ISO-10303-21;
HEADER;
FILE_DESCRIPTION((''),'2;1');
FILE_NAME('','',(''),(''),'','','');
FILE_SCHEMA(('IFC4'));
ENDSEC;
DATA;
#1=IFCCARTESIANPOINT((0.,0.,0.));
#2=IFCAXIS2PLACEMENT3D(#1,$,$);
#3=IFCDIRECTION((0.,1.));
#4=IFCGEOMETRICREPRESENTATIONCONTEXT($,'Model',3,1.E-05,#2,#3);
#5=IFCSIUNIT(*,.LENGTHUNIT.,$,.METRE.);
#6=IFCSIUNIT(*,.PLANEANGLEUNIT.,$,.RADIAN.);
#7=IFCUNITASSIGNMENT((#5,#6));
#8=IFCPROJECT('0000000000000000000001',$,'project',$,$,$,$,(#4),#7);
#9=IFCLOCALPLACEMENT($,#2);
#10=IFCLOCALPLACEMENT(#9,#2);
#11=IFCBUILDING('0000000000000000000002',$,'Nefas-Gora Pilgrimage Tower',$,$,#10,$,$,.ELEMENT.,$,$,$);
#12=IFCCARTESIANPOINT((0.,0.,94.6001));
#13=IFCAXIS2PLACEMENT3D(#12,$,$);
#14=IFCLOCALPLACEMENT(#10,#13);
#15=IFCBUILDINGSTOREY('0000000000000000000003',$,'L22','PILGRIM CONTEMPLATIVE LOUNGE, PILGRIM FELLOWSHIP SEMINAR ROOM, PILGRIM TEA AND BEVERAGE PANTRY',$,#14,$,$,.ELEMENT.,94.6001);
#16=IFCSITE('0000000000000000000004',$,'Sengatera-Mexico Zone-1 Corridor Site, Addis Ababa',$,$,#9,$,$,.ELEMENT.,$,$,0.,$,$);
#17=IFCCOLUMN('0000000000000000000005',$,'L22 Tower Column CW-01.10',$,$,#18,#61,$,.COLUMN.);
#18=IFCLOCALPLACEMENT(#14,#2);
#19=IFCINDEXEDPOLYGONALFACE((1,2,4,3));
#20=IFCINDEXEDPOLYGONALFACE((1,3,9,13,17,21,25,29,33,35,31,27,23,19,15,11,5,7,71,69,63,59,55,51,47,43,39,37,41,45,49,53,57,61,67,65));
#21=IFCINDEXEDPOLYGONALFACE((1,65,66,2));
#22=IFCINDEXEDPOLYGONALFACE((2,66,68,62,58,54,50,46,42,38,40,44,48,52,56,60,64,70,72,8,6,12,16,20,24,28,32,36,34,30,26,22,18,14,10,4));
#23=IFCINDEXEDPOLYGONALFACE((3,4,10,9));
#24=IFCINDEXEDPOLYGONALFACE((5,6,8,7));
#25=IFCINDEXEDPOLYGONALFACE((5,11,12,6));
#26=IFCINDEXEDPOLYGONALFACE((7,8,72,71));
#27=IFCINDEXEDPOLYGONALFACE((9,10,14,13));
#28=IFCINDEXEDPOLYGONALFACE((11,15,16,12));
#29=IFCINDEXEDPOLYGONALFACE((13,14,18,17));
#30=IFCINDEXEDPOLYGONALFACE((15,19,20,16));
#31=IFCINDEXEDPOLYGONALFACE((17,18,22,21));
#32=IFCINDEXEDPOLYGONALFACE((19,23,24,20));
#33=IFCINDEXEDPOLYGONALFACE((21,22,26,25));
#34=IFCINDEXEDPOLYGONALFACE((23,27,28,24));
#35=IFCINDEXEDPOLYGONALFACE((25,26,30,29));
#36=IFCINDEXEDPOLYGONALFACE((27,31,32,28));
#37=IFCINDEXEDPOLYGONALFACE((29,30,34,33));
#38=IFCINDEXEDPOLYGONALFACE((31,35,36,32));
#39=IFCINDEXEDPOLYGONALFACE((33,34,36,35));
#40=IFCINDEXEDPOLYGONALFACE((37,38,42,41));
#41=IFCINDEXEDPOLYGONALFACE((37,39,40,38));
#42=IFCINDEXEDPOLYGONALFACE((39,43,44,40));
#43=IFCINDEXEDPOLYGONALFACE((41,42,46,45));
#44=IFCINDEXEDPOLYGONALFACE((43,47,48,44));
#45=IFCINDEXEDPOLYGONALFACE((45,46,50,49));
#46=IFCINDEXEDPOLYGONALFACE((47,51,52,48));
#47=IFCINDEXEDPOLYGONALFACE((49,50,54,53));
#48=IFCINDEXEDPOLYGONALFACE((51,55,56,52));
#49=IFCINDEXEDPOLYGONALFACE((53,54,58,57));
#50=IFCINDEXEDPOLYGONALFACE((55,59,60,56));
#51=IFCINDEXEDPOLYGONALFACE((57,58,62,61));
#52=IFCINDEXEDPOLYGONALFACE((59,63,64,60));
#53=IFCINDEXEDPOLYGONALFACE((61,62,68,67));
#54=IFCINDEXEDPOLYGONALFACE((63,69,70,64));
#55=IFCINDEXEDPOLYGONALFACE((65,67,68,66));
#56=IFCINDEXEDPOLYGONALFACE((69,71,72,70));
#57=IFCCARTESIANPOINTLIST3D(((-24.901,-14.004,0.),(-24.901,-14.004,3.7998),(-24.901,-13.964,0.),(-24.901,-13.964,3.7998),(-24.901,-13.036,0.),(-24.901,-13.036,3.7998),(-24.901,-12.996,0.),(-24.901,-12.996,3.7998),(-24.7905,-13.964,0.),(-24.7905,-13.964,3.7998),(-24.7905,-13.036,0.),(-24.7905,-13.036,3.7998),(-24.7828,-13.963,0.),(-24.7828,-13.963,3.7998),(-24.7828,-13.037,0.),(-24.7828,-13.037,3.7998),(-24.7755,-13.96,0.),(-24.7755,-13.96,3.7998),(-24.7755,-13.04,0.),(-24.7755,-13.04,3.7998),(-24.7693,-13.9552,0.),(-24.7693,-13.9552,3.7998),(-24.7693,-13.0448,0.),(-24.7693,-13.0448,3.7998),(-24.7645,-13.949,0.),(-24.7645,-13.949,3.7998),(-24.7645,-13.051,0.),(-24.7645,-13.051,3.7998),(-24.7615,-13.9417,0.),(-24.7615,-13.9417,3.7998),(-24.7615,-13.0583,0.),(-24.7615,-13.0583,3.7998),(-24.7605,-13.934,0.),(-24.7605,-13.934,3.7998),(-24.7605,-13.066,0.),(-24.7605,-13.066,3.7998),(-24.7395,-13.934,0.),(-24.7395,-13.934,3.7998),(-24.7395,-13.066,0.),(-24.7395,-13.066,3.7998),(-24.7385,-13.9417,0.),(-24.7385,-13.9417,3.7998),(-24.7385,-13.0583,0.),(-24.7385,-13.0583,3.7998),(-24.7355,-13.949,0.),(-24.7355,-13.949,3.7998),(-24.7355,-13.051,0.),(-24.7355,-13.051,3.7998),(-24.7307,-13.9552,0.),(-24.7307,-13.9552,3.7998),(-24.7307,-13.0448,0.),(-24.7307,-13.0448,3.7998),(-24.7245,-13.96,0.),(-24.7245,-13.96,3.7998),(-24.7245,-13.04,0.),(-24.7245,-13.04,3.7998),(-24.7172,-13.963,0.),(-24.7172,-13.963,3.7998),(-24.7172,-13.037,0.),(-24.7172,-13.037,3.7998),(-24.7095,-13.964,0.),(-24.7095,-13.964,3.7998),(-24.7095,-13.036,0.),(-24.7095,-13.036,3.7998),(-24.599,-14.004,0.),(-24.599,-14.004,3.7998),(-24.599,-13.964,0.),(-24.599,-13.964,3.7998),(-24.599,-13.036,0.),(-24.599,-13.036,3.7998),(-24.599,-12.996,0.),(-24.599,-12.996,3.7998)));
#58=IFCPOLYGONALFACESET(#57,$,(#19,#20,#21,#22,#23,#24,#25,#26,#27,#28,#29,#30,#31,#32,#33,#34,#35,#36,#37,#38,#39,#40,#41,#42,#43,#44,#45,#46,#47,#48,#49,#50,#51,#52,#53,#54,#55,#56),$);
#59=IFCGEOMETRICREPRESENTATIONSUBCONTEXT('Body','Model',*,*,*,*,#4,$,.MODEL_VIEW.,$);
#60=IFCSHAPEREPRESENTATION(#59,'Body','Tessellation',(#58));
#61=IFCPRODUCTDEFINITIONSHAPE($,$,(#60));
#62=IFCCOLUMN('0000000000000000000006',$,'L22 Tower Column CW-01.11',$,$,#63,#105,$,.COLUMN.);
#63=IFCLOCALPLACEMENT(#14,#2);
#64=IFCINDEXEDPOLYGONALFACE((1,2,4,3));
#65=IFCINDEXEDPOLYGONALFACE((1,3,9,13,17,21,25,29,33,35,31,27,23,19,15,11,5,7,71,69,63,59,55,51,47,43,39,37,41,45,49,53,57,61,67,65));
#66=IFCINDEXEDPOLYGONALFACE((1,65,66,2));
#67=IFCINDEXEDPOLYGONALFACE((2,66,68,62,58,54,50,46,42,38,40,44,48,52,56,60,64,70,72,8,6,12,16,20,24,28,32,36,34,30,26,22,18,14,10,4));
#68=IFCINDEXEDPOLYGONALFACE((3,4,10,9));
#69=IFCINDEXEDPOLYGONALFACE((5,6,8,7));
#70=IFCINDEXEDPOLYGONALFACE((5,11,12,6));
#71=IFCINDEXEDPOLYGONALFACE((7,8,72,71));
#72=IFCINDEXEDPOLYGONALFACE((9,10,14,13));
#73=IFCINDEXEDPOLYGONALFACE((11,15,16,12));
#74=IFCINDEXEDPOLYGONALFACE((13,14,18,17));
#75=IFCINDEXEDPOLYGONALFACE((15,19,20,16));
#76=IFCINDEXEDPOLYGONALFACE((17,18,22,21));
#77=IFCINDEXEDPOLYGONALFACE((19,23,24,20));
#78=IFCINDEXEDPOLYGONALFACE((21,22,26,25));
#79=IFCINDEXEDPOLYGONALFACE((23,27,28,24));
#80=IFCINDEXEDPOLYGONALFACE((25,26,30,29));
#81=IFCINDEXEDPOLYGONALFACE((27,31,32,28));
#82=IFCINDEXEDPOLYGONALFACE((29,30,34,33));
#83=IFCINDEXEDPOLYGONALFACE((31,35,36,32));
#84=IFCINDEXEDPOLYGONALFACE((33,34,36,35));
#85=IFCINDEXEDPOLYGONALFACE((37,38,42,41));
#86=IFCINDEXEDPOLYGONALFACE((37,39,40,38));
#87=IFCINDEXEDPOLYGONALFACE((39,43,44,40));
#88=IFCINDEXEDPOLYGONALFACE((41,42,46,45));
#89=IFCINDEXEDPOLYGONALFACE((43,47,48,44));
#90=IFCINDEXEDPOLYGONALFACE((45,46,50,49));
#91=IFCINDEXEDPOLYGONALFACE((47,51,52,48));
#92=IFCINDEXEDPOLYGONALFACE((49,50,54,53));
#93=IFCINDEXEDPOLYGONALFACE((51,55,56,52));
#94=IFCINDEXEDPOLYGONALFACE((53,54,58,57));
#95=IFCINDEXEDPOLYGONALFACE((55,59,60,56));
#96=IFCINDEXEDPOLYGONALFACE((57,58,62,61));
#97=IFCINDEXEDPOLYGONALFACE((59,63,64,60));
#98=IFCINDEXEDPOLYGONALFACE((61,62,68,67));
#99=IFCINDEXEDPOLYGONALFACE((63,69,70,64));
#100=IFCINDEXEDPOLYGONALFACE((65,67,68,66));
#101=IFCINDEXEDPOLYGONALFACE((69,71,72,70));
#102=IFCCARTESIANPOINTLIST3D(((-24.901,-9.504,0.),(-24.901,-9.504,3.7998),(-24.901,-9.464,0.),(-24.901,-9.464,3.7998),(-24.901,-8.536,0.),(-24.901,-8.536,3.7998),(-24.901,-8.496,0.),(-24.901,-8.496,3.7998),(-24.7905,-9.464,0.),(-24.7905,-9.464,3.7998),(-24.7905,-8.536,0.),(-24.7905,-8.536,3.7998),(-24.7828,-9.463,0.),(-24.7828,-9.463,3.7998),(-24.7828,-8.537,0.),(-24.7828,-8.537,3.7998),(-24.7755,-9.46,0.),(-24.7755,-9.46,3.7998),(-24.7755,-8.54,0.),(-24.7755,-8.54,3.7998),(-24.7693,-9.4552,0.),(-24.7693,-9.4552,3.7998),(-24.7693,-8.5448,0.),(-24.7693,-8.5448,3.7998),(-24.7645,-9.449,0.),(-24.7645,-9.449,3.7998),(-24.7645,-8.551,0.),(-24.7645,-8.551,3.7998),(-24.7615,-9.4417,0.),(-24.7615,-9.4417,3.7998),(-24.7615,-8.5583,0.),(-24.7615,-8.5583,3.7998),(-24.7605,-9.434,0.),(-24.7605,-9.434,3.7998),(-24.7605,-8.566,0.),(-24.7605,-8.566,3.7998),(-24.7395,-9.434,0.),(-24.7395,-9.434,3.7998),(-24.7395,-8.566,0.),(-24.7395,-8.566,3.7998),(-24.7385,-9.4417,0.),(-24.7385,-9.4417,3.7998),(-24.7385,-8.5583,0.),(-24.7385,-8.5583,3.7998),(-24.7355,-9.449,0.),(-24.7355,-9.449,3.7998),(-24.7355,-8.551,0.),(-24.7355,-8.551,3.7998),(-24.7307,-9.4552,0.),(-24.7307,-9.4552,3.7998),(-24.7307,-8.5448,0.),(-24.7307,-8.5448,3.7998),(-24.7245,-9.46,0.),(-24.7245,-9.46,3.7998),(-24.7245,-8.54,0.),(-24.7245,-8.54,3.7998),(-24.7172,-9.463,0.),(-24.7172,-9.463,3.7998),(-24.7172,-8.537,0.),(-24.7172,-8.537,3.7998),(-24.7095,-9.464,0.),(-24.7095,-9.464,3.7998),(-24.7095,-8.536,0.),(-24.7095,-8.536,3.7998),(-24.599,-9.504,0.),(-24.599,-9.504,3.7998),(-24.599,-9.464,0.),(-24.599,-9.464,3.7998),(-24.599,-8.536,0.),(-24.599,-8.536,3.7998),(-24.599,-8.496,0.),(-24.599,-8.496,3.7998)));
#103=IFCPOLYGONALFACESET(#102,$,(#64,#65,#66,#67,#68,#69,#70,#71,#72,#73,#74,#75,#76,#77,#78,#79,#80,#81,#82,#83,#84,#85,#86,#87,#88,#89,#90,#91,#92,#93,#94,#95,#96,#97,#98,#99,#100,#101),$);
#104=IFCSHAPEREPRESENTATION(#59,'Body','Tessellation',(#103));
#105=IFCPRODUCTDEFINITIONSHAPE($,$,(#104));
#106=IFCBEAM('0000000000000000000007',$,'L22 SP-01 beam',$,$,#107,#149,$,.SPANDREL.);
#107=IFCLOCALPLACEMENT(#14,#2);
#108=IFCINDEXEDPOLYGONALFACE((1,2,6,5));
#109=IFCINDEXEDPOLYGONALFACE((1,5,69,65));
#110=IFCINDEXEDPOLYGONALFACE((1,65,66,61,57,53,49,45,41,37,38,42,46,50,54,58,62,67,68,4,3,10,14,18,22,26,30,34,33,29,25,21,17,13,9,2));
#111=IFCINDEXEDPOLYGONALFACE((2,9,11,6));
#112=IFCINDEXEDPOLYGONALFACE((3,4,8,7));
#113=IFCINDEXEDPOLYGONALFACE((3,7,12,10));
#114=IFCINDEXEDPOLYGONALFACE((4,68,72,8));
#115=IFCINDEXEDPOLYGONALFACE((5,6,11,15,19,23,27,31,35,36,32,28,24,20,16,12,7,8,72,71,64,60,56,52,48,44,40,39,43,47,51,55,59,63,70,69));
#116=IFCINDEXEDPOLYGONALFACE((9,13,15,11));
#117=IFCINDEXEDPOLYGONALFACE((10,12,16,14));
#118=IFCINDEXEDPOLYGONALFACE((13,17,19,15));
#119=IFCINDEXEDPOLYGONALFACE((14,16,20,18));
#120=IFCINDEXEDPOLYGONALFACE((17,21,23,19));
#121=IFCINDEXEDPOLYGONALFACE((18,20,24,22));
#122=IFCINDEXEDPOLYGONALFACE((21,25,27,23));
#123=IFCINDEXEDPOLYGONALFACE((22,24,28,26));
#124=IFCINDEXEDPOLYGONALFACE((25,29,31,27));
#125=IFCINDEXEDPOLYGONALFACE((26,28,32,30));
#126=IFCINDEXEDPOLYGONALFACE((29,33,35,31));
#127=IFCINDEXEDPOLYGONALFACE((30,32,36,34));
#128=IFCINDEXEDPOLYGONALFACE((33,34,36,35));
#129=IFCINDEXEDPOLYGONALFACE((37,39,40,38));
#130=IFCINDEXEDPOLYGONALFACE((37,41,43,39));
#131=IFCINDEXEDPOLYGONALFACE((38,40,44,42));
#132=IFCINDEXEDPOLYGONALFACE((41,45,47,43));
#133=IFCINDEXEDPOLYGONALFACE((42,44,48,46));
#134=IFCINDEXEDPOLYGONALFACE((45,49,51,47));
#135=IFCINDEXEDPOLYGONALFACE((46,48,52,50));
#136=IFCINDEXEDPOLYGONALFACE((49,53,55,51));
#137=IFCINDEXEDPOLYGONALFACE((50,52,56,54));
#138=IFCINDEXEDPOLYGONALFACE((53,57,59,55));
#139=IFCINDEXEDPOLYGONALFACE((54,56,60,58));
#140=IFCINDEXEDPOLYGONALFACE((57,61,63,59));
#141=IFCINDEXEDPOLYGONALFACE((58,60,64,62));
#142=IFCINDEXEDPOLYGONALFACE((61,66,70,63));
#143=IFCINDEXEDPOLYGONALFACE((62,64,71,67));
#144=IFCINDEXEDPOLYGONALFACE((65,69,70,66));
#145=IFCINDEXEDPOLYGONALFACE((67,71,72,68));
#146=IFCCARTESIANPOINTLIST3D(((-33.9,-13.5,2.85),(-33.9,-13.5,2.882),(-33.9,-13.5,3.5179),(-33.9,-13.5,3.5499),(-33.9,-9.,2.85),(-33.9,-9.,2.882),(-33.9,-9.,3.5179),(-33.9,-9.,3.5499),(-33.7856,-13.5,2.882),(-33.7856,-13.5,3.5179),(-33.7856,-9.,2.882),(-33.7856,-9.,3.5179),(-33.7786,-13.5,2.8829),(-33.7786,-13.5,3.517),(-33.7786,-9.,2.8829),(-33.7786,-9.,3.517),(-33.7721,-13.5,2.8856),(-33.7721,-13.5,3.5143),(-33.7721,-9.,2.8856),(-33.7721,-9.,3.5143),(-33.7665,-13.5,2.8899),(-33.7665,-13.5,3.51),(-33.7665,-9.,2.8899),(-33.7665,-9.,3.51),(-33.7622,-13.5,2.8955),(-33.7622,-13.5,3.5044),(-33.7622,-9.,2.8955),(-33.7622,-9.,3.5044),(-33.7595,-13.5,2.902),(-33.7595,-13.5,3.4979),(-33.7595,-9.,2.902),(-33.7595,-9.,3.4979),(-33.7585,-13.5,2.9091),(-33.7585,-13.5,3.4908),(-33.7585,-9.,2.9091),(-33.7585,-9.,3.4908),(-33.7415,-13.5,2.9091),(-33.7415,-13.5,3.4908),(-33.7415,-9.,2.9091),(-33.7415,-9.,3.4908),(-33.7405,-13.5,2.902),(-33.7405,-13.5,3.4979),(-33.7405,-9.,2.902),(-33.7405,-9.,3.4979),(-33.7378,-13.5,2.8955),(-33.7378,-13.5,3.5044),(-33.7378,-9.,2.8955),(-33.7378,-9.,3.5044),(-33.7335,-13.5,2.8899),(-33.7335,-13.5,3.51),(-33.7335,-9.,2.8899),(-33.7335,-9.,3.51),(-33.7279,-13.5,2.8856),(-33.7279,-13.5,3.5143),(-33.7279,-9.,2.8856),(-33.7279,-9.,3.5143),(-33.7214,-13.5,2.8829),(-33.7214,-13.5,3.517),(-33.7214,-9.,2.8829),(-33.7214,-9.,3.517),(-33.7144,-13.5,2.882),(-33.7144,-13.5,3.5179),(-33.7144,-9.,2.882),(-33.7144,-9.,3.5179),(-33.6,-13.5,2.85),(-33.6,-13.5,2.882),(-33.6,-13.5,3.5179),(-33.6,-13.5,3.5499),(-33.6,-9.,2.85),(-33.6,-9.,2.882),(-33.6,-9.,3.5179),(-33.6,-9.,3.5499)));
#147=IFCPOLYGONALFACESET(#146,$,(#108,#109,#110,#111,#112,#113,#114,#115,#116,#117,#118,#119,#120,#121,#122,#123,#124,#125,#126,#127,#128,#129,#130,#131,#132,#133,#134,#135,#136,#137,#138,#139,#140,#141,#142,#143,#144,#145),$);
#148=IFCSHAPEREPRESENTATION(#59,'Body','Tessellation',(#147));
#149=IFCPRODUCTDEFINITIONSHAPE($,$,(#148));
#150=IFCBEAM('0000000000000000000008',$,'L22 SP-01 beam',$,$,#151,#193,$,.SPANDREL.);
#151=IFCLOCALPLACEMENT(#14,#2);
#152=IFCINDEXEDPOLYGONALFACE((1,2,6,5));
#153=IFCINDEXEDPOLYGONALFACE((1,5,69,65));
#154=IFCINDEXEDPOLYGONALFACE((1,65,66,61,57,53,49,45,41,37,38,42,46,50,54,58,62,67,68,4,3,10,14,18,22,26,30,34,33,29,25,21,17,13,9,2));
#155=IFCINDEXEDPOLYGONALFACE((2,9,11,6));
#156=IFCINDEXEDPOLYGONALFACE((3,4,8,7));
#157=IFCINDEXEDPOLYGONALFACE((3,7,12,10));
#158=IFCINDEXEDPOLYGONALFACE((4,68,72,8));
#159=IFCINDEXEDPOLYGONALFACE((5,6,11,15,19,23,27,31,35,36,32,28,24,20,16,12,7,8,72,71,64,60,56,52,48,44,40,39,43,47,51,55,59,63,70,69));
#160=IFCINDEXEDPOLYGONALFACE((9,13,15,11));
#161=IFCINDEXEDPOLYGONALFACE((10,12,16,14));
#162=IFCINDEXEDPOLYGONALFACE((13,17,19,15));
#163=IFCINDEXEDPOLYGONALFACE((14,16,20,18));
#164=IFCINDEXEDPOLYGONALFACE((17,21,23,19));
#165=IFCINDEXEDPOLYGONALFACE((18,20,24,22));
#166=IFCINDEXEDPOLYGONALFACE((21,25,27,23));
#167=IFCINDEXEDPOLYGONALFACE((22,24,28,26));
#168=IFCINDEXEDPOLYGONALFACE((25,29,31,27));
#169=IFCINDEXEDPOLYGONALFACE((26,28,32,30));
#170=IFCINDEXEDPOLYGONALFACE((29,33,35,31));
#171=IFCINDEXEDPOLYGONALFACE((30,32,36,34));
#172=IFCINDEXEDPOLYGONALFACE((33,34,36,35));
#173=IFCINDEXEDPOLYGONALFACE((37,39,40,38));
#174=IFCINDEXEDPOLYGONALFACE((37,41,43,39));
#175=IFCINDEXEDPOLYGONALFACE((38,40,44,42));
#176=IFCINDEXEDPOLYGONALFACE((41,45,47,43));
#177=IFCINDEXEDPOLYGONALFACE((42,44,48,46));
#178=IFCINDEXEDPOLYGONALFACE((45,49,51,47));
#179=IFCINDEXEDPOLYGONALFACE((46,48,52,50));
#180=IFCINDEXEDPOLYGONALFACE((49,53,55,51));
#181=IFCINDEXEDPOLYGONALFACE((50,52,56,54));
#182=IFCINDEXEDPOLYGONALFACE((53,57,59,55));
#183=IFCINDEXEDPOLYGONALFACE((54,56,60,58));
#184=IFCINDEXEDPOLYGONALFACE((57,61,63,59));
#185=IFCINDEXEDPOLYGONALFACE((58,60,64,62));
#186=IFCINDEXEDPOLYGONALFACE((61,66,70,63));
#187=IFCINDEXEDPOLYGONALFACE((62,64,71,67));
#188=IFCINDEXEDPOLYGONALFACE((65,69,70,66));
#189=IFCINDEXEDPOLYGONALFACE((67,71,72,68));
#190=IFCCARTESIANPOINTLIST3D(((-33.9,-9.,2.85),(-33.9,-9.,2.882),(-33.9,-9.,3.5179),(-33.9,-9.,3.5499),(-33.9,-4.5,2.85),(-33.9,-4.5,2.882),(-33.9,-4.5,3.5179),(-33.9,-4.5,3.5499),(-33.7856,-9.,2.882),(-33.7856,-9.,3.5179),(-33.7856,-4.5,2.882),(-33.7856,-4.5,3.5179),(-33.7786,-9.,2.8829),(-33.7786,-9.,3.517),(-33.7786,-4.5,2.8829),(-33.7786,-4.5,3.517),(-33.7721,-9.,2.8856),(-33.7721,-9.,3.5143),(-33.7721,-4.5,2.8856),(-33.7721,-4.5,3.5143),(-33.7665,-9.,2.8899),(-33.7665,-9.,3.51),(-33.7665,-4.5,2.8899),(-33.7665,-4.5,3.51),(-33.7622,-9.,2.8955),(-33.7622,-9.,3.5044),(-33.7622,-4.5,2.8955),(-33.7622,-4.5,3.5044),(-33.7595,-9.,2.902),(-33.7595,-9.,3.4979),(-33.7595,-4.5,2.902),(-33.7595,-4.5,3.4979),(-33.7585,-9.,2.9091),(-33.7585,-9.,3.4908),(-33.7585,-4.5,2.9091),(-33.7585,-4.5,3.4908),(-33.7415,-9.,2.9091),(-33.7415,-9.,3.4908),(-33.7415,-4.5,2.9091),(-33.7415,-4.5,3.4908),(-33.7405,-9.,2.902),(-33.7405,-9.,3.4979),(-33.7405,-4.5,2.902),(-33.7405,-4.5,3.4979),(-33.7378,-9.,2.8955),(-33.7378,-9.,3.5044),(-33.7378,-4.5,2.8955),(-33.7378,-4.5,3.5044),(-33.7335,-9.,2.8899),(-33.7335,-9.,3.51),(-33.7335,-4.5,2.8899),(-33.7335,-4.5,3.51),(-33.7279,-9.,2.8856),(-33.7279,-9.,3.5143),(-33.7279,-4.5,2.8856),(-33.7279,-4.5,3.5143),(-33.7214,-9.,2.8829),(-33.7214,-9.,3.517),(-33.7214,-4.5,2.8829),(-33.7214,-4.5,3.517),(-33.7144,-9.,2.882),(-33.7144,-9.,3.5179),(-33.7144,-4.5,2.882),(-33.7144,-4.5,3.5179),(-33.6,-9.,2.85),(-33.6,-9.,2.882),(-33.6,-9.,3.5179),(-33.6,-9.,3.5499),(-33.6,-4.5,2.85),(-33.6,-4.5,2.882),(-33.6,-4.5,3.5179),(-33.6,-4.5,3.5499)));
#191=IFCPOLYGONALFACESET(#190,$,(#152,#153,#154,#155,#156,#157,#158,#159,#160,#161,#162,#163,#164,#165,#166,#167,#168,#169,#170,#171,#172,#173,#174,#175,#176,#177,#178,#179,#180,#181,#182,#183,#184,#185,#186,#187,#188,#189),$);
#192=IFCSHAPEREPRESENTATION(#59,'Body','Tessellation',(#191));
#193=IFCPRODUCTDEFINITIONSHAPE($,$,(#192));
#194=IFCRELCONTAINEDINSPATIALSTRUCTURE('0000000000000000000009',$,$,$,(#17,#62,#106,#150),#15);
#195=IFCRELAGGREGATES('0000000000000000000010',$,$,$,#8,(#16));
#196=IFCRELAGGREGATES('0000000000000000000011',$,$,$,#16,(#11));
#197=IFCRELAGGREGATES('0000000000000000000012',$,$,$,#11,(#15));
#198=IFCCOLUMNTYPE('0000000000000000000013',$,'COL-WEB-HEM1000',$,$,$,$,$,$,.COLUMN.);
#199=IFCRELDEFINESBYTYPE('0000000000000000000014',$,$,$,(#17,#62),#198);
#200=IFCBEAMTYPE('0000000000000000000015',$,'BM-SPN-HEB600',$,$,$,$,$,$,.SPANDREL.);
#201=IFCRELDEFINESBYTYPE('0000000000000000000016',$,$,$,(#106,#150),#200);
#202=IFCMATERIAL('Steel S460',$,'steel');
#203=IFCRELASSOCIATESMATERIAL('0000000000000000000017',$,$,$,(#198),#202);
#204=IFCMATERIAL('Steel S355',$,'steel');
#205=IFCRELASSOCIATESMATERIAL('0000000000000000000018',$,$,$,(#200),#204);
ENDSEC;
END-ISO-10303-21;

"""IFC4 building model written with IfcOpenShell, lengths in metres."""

from ifc_helpers import new_model, si_unit, direction, frame, origin, origin_2d, place, context, subcontext, project, spatial, i_section, extrude, source, transform, mapped, material, material_profile, profile_set, type_object, element, save


model = new_model("IFC4")

# Units and contexts
model_context = context("Model", 3, precision=1e-05, world=origin(), true_north=direction((0.0, 1.0)))
body_context = subcontext(model_context, "Body", "Model", "MODEL_VIEW")
ifc_project = project(units=[si_unit("LENGTHUNIT", "METRE"), si_unit("PLANEANGLEUNIT", "RADIAN")], contexts=[model_context])

# Site, building, storey
site_placement = place(None, origin())
site = spatial("IfcSite", under=ifc_project, at=site_placement, Name="Sengatera-Mexico Zone-1 Corridor Site, Addis Ababa", CompositionType="ELEMENT", RefElevation=0.0)
building_placement = place(site_placement, origin())
building = spatial("IfcBuilding", under=site, at=building_placement, Name="Nefas-Gora Pilgrimage Tower", CompositionType="ELEMENT")
storey_placement = place(building_placement, frame((0.0, 0.0, 94.6001)))
storey = spatial("IfcBuildingStorey", under=building, at=storey_placement, Name="L22", Description="PILGRIM CONTEMPLATIVE LOUNGE, PILGRIM FELLOWSHIP SEMINAR ROOM, PILGRIM TEA AND BEVERAGE PANTRY", CompositionType="ELEMENT", Elevation=94.6001)

# Columns
ifc_material_1 = material(Name="Steel S460", Category="steel")
ifc_material_profile_1 = material_profile(ifc_material_1, i_section(OverallWidth=0.302, OverallDepth=1.0081, WebThickness=0.021, FlangeThickness=0.04, FilletRadius=0.03, at=origin_2d()), Name="HEM 1000")
ifc_profile_set_1 = profile_set([ifc_material_profile_1], Name="Steel S460")
column_type_1 = type_object("IfcColumnType", Name="COL-WEB-HEM1000", PredefinedType="COLUMN", material=ifc_profile_set_1)
shared_shape_1 = source(origin(), body_context, "Body", "SweptSolid", [
    extrude(i_section(OverallWidth=0.302, OverallDepth=1.0081, WebThickness=0.021, FlangeThickness=0.04, FilletRadius=0.03, at=origin_2d()), origin(), (0.0, 0.0, 1.0), 3.7998),
])
for number, where, z_axis, x_axis, name in (
    (1, (-24.75, -13.5, 0.0), (0.0, 0.0, 1.0), (1.0, 0.0, 0.0), "L22 Tower Column CW-01.10"),
    (2, (-24.75, -9.0, 0.0), (0.0, 0.0, 1.0), (1.0, 0.0, 0.0), "L22 Tower Column CW-01.11"),
):
    element("IfcColumn", number, at=place(storey_placement, frame(where, z_axis=z_axis, x_axis=x_axis)), inside=storey, type_object=column_type_1, Name=name, PredefinedType="COLUMN", context=body_context, shape_type="MappedRepresentation", body=[
        mapped(shared_shape_1, transform((0.0, 0.0, 0.0), x_axis=(1.0, 0.0, 0.0), y_axis=(0.0, 1.0, 0.0), z_axis=(0.0, 0.0, 1.0), scale=1.0)),
    ])

# Beams
ifc_material_2 = material(Name="Steel S355", Category="steel")
ifc_material_profile_2 = material_profile(ifc_material_2, i_section(OverallWidth=0.3, OverallDepth=0.7, WebThickness=0.0171, FlangeThickness=0.032, FilletRadius=0.0271, at=origin_2d()), Name="HEB 700")
ifc_profile_set_2 = profile_set([ifc_material_profile_2], Name="Steel S355")
beam_type_1 = type_object("IfcBeamType", Name="BM-SPN-HEB600", PredefinedType="SPANDREL", material=ifc_profile_set_2)
shared_shape_2 = source(origin(), body_context, "Body", "SweptSolid", [
    extrude(i_section(OverallWidth=0.3, OverallDepth=0.7, WebThickness=0.0171, FlangeThickness=0.032, FilletRadius=0.0271, at=origin_2d()), origin(), (0.0, 0.0, 1.0), 4.5),
])
for number, where, z_axis, x_axis, name in (
    (3, (-33.75, -13.5, 3.2), (0.0, 1.0, 0.0), (-1.0, 0.0, 0.0), "L22 SP-01 beam"),
    (4, (-33.75, -9.0, 3.2), (0.0, 1.0, 0.0), (-1.0, 0.0, 0.0), "L22 SP-01 beam"),
):
    element("IfcBeam", number, at=place(storey_placement, frame(where, z_axis=z_axis, x_axis=x_axis)), inside=storey, type_object=beam_type_1, Name=name, PredefinedType="SPANDREL", context=body_context, shape_type="MappedRepresentation", body=[
        mapped(shared_shape_2, transform((0.0, 0.0, 0.0), x_axis=(1.0, 0.0, 0.0), y_axis=(0.0, 1.0, 0.0), z_axis=(0.0, 0.0, 1.0), scale=1.0)),
    ])

save(model, "model.ifc")
